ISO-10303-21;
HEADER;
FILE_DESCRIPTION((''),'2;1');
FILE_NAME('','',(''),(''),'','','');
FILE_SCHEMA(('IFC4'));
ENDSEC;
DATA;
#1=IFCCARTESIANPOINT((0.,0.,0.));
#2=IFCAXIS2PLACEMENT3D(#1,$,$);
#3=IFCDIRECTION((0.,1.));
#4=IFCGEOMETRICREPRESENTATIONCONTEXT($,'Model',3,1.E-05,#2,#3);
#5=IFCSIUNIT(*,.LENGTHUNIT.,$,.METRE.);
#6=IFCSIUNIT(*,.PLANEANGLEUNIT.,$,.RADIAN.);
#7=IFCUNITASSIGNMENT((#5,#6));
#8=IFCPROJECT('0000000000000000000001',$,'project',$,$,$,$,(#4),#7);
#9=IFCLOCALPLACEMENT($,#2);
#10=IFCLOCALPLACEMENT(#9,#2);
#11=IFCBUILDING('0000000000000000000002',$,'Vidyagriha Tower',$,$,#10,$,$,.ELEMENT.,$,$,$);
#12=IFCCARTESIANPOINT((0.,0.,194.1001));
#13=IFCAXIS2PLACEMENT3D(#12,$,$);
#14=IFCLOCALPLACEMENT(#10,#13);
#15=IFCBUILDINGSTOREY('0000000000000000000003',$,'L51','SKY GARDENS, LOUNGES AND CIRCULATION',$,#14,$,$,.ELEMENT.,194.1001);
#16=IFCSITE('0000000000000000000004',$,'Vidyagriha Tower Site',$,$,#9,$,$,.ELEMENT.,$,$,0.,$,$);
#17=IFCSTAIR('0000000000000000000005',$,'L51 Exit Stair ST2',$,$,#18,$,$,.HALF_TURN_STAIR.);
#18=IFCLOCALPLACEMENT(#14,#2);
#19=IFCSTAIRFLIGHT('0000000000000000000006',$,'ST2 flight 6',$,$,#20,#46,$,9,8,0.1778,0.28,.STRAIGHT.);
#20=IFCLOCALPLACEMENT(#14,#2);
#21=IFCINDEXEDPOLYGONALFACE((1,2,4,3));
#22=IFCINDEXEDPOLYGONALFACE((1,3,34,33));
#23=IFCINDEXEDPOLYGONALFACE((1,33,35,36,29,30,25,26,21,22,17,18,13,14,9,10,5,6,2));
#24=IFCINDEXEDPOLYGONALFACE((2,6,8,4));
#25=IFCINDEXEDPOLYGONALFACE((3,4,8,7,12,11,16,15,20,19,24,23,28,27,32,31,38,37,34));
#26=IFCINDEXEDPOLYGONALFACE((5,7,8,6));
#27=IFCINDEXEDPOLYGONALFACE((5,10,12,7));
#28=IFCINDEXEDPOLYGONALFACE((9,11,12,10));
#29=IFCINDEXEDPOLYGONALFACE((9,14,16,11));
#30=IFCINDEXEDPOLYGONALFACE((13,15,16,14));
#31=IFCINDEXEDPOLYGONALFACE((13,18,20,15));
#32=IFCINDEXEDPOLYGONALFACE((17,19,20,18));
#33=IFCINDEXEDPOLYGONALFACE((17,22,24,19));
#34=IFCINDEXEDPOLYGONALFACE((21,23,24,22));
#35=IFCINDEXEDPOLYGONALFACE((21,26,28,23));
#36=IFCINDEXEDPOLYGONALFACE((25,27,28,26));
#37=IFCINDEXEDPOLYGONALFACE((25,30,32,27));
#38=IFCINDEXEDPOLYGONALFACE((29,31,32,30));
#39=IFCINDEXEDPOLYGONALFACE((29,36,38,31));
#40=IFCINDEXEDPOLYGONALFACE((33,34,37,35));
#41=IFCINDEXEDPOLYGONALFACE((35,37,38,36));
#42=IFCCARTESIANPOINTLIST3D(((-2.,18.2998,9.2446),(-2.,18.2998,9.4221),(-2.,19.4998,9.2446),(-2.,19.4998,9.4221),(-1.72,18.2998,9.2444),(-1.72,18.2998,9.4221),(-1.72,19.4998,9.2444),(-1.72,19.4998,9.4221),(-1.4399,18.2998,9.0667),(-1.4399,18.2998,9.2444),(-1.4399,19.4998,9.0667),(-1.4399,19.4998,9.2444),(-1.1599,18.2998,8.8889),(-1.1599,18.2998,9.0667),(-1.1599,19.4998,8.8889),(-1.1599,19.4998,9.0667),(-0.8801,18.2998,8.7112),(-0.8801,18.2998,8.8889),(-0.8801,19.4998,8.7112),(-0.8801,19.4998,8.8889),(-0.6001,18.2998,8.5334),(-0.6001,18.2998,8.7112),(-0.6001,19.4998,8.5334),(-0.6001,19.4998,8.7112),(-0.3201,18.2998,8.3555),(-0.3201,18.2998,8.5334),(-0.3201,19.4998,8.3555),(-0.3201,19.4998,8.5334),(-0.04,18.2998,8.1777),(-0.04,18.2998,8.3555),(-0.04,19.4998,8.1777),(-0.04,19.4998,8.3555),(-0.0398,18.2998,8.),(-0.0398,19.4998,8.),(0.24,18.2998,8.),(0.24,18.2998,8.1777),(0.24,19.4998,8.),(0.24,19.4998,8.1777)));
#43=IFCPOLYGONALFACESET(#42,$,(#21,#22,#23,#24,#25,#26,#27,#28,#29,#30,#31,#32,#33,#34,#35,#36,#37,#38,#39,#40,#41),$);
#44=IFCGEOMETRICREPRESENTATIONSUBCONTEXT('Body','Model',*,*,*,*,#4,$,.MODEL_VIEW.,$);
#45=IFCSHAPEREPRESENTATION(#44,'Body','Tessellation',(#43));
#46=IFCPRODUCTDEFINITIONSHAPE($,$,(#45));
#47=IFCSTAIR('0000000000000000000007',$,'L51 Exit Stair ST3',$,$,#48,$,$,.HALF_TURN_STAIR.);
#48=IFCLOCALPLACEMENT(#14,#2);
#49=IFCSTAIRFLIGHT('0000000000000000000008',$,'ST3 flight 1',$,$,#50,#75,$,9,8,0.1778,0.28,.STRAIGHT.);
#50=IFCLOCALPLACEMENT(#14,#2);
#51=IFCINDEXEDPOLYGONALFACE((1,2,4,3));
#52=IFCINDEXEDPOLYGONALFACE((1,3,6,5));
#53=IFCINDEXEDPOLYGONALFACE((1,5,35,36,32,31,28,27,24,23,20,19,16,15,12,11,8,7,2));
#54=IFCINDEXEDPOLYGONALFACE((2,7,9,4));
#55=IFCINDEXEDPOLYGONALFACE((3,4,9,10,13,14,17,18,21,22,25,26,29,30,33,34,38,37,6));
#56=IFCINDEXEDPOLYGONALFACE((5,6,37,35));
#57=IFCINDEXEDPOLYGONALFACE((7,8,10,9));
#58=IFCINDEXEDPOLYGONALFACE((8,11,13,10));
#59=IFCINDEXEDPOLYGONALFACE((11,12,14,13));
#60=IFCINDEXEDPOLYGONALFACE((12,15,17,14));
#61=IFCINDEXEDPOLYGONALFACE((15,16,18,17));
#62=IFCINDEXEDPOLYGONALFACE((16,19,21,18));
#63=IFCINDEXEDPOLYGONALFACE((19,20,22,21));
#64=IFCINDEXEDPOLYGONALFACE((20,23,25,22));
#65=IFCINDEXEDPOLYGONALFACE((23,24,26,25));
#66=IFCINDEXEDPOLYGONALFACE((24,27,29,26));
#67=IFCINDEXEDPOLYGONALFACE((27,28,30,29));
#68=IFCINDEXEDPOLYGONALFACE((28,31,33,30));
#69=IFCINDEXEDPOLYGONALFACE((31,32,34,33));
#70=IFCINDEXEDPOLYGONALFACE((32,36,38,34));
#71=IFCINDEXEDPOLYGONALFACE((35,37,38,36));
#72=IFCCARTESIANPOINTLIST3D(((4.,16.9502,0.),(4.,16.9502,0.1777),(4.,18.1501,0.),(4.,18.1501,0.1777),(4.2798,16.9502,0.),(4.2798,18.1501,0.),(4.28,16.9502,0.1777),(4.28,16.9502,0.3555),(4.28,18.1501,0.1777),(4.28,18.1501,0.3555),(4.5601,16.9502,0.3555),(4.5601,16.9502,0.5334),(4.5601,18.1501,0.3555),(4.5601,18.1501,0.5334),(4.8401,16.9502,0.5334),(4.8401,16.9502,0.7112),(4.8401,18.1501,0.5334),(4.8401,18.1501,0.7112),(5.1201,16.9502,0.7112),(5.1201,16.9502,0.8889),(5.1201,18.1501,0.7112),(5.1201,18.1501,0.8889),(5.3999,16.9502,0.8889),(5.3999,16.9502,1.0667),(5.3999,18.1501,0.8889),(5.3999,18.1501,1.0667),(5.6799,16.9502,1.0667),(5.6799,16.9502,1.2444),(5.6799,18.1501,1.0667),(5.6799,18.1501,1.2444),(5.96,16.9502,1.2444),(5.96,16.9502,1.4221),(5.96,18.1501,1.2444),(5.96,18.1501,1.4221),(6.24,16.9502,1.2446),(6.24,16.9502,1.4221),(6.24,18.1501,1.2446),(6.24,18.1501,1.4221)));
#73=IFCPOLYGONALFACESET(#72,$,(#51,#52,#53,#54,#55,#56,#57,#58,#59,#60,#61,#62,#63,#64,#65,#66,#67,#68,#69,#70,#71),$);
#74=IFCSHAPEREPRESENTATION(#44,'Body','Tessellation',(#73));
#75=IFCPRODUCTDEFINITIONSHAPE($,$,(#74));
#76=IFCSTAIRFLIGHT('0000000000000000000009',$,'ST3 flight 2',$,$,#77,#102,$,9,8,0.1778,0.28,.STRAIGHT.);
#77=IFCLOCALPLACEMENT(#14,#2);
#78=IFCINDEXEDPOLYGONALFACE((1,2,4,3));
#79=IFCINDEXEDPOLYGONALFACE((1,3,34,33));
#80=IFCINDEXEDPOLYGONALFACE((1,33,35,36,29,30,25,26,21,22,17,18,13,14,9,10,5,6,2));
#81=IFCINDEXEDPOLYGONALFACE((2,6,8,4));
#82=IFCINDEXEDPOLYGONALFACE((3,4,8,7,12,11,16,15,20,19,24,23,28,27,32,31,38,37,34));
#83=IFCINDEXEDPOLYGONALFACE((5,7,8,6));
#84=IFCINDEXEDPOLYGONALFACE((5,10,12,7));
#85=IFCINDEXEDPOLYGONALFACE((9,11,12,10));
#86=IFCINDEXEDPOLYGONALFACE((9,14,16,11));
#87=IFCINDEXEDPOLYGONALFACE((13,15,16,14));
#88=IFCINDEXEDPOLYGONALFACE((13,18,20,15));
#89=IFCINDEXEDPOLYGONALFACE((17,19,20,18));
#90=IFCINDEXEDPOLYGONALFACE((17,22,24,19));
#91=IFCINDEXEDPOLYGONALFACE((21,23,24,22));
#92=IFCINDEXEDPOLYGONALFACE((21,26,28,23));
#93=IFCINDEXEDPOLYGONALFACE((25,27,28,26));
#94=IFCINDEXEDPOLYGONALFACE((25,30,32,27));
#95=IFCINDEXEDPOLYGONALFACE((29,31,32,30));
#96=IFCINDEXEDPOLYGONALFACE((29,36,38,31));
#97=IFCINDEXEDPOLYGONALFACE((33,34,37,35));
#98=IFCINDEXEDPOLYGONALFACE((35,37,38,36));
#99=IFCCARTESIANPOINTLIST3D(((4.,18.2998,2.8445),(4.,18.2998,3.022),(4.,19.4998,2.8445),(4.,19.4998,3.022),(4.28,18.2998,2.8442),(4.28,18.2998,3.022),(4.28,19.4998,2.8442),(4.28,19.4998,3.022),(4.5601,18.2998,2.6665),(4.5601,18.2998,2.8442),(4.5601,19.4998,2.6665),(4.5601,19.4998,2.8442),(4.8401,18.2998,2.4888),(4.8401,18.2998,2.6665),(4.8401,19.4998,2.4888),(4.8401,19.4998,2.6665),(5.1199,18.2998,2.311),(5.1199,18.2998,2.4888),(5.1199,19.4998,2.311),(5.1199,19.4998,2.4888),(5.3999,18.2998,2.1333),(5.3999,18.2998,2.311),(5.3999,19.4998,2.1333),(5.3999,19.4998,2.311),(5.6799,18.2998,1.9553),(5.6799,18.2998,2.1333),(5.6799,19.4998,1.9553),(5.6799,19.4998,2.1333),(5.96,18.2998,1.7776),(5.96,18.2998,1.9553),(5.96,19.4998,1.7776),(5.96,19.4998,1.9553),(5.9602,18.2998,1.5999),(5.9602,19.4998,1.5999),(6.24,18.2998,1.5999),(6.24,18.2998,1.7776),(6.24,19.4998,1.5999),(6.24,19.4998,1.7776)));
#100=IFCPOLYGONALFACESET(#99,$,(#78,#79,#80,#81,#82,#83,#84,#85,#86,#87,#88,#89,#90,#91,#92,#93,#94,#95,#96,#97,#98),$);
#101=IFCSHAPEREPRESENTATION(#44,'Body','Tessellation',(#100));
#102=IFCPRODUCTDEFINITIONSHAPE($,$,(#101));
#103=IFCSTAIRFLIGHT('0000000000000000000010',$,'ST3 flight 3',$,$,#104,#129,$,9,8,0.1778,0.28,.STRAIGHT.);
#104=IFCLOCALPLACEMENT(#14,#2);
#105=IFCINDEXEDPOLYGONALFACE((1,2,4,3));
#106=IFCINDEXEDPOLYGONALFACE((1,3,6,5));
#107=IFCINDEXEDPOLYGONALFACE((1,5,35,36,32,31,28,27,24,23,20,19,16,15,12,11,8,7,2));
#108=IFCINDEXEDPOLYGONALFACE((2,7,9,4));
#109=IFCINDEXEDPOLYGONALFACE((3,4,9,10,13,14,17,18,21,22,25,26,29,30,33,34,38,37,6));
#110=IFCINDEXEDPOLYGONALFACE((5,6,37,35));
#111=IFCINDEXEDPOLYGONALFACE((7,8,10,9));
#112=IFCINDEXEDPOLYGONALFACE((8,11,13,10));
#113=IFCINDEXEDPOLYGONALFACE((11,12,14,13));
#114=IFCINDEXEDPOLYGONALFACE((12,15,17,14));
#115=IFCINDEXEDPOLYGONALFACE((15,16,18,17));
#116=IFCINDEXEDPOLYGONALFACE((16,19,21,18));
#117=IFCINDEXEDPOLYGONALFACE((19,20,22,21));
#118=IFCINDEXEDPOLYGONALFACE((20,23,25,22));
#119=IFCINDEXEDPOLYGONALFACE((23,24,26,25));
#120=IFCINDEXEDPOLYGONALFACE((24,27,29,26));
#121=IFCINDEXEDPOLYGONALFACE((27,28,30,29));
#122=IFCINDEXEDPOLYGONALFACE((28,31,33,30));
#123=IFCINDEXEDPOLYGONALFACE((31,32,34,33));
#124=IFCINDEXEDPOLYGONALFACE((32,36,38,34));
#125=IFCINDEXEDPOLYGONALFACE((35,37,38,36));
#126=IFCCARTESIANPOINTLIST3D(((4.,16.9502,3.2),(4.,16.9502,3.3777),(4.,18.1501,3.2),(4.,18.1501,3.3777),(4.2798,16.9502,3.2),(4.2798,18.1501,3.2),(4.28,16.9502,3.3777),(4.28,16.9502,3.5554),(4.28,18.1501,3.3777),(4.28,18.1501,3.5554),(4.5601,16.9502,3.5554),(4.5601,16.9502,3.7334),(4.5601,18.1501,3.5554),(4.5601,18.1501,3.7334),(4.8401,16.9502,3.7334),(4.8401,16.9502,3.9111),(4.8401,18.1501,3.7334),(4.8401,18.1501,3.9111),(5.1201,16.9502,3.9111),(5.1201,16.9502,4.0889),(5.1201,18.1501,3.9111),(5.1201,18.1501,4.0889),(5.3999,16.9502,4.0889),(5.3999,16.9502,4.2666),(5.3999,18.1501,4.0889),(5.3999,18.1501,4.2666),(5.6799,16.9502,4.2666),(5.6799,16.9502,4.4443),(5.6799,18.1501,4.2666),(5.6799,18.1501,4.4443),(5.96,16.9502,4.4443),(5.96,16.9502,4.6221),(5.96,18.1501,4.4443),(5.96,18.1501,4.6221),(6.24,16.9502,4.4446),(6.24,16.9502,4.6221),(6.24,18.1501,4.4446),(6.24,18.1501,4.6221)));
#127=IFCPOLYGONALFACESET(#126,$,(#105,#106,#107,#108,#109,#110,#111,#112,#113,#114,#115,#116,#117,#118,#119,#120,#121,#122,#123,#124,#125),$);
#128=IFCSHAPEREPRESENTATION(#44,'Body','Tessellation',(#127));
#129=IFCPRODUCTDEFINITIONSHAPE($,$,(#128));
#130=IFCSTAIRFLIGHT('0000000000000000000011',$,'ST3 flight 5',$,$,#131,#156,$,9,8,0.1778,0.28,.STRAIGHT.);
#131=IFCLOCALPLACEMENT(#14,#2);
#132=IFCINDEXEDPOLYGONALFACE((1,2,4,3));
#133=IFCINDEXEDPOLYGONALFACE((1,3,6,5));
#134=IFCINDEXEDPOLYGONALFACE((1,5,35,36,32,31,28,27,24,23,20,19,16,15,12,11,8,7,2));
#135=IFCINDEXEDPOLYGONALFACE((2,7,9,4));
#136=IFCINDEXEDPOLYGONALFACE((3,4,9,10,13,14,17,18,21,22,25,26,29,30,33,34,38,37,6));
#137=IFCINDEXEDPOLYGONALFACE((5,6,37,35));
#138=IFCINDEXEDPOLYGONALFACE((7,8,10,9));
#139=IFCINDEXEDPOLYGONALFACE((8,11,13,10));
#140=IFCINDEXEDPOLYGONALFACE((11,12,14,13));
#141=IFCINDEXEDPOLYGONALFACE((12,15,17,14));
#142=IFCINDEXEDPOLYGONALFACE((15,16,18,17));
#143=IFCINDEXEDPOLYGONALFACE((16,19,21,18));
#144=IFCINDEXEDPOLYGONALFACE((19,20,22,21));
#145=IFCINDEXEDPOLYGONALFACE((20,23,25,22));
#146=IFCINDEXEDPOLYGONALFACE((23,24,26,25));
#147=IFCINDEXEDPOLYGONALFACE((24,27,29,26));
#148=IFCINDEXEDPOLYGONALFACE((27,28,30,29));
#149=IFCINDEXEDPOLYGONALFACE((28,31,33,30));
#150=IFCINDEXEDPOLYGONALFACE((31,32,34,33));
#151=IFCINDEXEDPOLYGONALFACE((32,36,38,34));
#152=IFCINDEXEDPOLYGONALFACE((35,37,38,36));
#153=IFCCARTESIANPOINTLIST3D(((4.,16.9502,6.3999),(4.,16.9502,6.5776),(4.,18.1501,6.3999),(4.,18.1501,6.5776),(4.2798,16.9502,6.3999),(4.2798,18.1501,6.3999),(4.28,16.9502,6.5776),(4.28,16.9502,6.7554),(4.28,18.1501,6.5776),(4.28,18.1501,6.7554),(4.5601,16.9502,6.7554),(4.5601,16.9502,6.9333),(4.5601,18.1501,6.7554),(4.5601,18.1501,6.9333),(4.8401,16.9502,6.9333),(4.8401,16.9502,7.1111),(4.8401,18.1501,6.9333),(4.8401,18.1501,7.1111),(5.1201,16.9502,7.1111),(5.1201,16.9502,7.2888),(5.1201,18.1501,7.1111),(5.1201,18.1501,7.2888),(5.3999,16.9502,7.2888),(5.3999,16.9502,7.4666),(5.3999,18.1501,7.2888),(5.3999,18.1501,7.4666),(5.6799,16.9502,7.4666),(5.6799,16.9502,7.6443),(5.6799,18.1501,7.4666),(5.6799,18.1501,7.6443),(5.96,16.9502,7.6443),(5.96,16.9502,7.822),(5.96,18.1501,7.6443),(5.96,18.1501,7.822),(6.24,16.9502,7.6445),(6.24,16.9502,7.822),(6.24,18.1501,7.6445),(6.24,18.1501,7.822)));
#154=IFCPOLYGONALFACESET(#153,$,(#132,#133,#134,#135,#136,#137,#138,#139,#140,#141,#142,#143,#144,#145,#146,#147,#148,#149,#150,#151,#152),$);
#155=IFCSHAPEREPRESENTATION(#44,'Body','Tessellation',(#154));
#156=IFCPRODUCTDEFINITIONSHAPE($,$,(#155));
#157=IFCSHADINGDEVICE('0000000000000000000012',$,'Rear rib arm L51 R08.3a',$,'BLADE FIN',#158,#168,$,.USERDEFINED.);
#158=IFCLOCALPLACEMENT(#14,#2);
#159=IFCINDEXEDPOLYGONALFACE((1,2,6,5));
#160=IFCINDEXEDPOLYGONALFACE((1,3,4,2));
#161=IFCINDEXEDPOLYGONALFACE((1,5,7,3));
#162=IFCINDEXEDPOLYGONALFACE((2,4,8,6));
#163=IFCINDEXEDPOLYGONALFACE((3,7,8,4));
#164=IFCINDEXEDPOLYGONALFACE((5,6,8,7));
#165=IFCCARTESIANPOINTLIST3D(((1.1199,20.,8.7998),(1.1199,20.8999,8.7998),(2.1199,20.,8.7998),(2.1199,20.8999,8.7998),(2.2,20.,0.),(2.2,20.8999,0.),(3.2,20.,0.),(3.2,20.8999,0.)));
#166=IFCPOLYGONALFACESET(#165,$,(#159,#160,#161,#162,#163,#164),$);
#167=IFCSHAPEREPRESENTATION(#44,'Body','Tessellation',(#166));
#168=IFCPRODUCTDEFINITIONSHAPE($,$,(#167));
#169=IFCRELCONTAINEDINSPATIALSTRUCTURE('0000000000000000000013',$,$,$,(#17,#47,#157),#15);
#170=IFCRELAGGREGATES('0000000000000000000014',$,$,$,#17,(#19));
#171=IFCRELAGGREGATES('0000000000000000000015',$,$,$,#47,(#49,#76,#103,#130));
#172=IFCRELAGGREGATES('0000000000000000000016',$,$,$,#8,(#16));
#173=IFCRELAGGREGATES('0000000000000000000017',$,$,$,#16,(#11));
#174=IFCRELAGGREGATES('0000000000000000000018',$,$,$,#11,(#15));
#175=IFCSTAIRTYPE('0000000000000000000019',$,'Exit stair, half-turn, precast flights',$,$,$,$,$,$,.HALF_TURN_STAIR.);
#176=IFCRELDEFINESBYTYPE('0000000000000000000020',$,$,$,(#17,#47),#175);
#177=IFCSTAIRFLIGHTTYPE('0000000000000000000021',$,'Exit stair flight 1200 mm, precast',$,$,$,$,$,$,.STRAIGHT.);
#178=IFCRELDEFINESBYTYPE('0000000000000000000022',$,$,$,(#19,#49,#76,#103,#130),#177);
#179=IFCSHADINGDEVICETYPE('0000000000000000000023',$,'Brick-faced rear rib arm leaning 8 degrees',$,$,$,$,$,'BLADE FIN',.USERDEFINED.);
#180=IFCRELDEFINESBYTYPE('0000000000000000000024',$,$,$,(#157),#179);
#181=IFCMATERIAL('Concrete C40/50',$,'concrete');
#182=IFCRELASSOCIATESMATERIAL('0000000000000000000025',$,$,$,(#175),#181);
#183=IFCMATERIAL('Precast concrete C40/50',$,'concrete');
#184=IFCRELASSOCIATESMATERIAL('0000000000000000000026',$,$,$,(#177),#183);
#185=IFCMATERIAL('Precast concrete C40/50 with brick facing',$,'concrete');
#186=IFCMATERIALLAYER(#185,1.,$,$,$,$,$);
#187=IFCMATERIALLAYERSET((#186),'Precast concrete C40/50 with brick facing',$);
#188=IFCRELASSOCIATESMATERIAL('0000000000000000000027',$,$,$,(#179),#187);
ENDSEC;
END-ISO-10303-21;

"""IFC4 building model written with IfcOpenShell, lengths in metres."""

from ifc_helpers import new_model, si_unit, direction, frame, origin, place, context, subcontext, project, spatial, polyline, outline, extrude, material, layer, layer_set, type_object, element, aggregate, save


model = new_model("IFC4")

# Units and contexts
model_context = context("Model", 3, precision=1e-05, world=origin(), true_north=direction((0.0, 1.0)))
body_context = subcontext(model_context, "Body", "Model", "MODEL_VIEW")
ifc_project = project(units=[si_unit("LENGTHUNIT", "METRE"), si_unit("PLANEANGLEUNIT", "RADIAN")], contexts=[model_context])

# Site, building, storey
site_placement = place(None, origin())
site = spatial("IfcSite", under=ifc_project, at=site_placement, Name="Vidyagriha Tower Site", CompositionType="ELEMENT", RefElevation=0.0)
building_placement = place(site_placement, origin())
building = spatial("IfcBuilding", under=site, at=building_placement, Name="Vidyagriha Tower", CompositionType="ELEMENT")
storey_placement = place(building_placement, frame((0.0, 0.0, 194.1001)))
storey = spatial("IfcBuildingStorey", under=building, at=storey_placement, Name="L51", Description="SKY GARDENS, LOUNGES AND CIRCULATION", CompositionType="ELEMENT", Elevation=194.1001)

# Stairs, stair flights
ifc_material_1 = material(Name="Concrete C40/50", Category="concrete")
stair_type = type_object("IfcStairType", Name="Exit stair, half-turn, precast flights", PredefinedType="HALF_TURN_STAIR", material=ifc_material_1)
stair_1_placement = place(storey_placement, origin())
stair_1 = element("IfcStair", 1, at=stair_1_placement, inside=storey, type_object=stair_type, Name="L51 Exit Stair ST2", PredefinedType="HALF_TURN_STAIR")
ifc_material_2 = material(Name="Precast concrete C40/50", Category="concrete")
stair_flight_type = type_object("IfcStairFlightType", Name="Exit stair flight 1200 mm, precast", PredefinedType="STRAIGHT", material=ifc_material_2)
stair_flight_1_placement = place(storey_placement, frame((0.24, 18.8999, 8.0), z_axis=(0.0, 0.0, 1.0), x_axis=(-1.0, 0.0, 0.0)))
stair_flight_1 = element("IfcStairFlight", 2, at=stair_flight_1_placement, type_object=stair_flight_type, Name="ST2 flight 6", NumberOfRisers=9, NumberOfTreads=8, PredefinedType="STRAIGHT", RiserHeight=0.1778, TreadLength=0.28, context=body_context, shape_type="SweptSolid", body=[
    extrude(outline(polyline([(0.0, 0.0), (0.0, 0.1777), (0.28, 0.1777), (0.28, 0.3555), (0.5601, 0.3555), (0.5601, 0.5334), (0.8401, 0.5334), (0.8401, 0.7112), (1.1201, 0.7112), (1.1201, 0.8889), (1.3999, 0.8889), (1.3999, 1.0667), (1.6799, 1.0667), (1.6799, 1.2444), (1.96, 1.2444), (1.96, 1.4221), (2.24, 1.4221), (2.24, 1.6001), (2.24, 1.2446), (0.2798, 0.0), (0.0, 0.0)])), frame((0.0, 0.6001, 0.0), z_axis=(0.0, -1.0, 0.0), x_axis=(1.0, 0.0, 0.0)), (0.0, 0.0, 1.0), 1.2),
])
aggregate(stair_1, [stair_flight_1])
stair_2_placement = place(storey_placement, origin())
stair_2 = element("IfcStair", 3, at=stair_2_placement, inside=storey, type_object=stair_type, Name="L51 Exit Stair ST3", PredefinedType="HALF_TURN_STAIR")
stair_flight_2_placement = place(storey_placement, frame((4.0, 17.55, 0.0)))
stair_flight_2 = element("IfcStairFlight", 4, at=stair_flight_2_placement, type_object=stair_flight_type, Name="ST3 flight 1", NumberOfRisers=9, NumberOfTreads=8, PredefinedType="STRAIGHT", RiserHeight=0.1778, TreadLength=0.28, context=body_context, shape_type="SweptSolid", body=[
    extrude(outline(polyline([(0.0, 0.0), (0.0, 0.1777), (0.28, 0.1777), (0.28, 0.3555), (0.5601, 0.3555), (0.5601, 0.5334), (0.8401, 0.5334), (0.8401, 0.7112), (1.1201, 0.7112), (1.1201, 0.8889), (1.3999, 0.8889), (1.3999, 1.0667), (1.6799, 1.0667), (1.6799, 1.2444), (1.96, 1.2444), (1.96, 1.4221), (2.24, 1.4221), (2.24, 1.6001), (2.24, 1.2446), (0.2798, 0.0), (0.0, 0.0)])), frame((0.0, 0.6001, 0.0), z_axis=(0.0, -1.0, 0.0), x_axis=(1.0, 0.0, 0.0)), (0.0, 0.0, 1.0), 1.2),
])
stair_flight_3_placement = place(storey_placement, frame((6.24, 18.8999, 1.5999), z_axis=(0.0, 0.0, 1.0), x_axis=(-1.0, 0.0, 0.0)))
stair_flight_3 = element("IfcStairFlight", 5, at=stair_flight_3_placement, type_object=stair_flight_type, Name="ST3 flight 2", NumberOfRisers=9, NumberOfTreads=8, PredefinedType="STRAIGHT", RiserHeight=0.1778, TreadLength=0.28, context=body_context, shape_type="SweptSolid", body=[
    extrude(outline(polyline([(0.0, 0.0), (0.0, 0.1777), (0.28, 0.1777), (0.28, 0.3555), (0.5601, 0.3555), (0.5601, 0.5334), (0.8401, 0.5334), (0.8401, 0.7112), (1.1201, 0.7112), (1.1201, 0.8889), (1.3999, 0.8889), (1.3999, 1.0667), (1.6799, 1.0667), (1.6799, 1.2444), (1.96, 1.2444), (1.96, 1.4221), (2.24, 1.4221), (2.24, 1.6001), (2.24, 1.2446), (0.2798, 0.0), (0.0, 0.0)])), frame((0.0, 0.6001, 0.0), z_axis=(0.0, -1.0, 0.0), x_axis=(1.0, 0.0, 0.0)), (0.0, 0.0, 1.0), 1.2),
])
stair_flight_4_placement = place(storey_placement, frame((4.0, 17.55, 3.2)))
stair_flight_4 = element("IfcStairFlight", 6, at=stair_flight_4_placement, type_object=stair_flight_type, Name="ST3 flight 3", NumberOfRisers=9, NumberOfTreads=8, PredefinedType="STRAIGHT", RiserHeight=0.1778, TreadLength=0.28, context=body_context, shape_type="SweptSolid", body=[
    extrude(outline(polyline([(0.0, 0.0), (0.0, 0.1777), (0.28, 0.1777), (0.28, 0.3555), (0.5601, 0.3555), (0.5601, 0.5334), (0.8401, 0.5334), (0.8401, 0.7112), (1.1201, 0.7112), (1.1201, 0.8889), (1.3999, 0.8889), (1.3999, 1.0667), (1.6799, 1.0667), (1.6799, 1.2444), (1.96, 1.2444), (1.96, 1.4221), (2.24, 1.4221), (2.24, 1.6001), (2.24, 1.2446), (0.2798, 0.0), (0.0, 0.0)])), frame((0.0, 0.6001, 0.0), z_axis=(0.0, -1.0, 0.0), x_axis=(1.0, 0.0, 0.0)), (0.0, 0.0, 1.0), 1.2),
])
stair_flight_5_placement = place(storey_placement, frame((4.0, 17.55, 6.3999)))
stair_flight_5 = element("IfcStairFlight", 7, at=stair_flight_5_placement, type_object=stair_flight_type, Name="ST3 flight 5", NumberOfRisers=9, NumberOfTreads=8, PredefinedType="STRAIGHT", RiserHeight=0.1778, TreadLength=0.28, context=body_context, shape_type="SweptSolid", body=[
    extrude(outline(polyline([(0.0, 0.0), (0.0, 0.1777), (0.28, 0.1777), (0.28, 0.3555), (0.5601, 0.3555), (0.5601, 0.5334), (0.8401, 0.5334), (0.8401, 0.7112), (1.1201, 0.7112), (1.1201, 0.8889), (1.3999, 0.8889), (1.3999, 1.0667), (1.6799, 1.0667), (1.6799, 1.2444), (1.96, 1.2444), (1.96, 1.4221), (2.24, 1.4221), (2.24, 1.6001), (2.24, 1.2446), (0.2798, 0.0), (0.0, 0.0)])), frame((0.0, 0.6001, 0.0), z_axis=(0.0, -1.0, 0.0), x_axis=(1.0, 0.0, 0.0)), (0.0, 0.0, 1.0), 1.2),
])
aggregate(stair_2, [stair_flight_2, stair_flight_3, stair_flight_4, stair_flight_5])

# Shading device
ifc_material_3 = material(Name="Precast concrete C40/50 with brick facing", Category="concrete")
ifc_layer_1 = layer(ifc_material_3, 1.0)
ifc_layer_set_1 = layer_set([ifc_layer_1], Name="Precast concrete C40/50 with brick facing")
shading_device_type = type_object("IfcShadingDeviceType", Name="Brick-faced rear rib arm leaning 8 degrees", ElementType="BLADE FIN", PredefinedType="USERDEFINED", material=ifc_layer_set_1)
shading_device_placement = place(storey_placement, frame((3.2, 20.45, 0.0), z_axis=(0.0, 0.0, 1.0), x_axis=(-1.0, 0.0, 0.0)))
element("IfcShadingDevice", 8, at=shading_device_placement, inside=storey, type_object=shading_device_type, Name="Rear rib arm L51 R08.3a", ObjectType="BLADE FIN", PredefinedType="USERDEFINED", context=body_context, shape_type="SweptSolid", body=[
    extrude(outline(polyline([(0.0, 0.0), (1.0, 0.0), (2.0801, 8.7998), (1.0801, 8.7998), (0.0, 0.0)])), frame((0.0, 0.45, 0.0), z_axis=(0.0, -1.0, 0.0), x_axis=(1.0, 0.0, 0.0)), (0.0, 0.0, 1.0), 0.8999),
])

save(model, "model.ifc")
